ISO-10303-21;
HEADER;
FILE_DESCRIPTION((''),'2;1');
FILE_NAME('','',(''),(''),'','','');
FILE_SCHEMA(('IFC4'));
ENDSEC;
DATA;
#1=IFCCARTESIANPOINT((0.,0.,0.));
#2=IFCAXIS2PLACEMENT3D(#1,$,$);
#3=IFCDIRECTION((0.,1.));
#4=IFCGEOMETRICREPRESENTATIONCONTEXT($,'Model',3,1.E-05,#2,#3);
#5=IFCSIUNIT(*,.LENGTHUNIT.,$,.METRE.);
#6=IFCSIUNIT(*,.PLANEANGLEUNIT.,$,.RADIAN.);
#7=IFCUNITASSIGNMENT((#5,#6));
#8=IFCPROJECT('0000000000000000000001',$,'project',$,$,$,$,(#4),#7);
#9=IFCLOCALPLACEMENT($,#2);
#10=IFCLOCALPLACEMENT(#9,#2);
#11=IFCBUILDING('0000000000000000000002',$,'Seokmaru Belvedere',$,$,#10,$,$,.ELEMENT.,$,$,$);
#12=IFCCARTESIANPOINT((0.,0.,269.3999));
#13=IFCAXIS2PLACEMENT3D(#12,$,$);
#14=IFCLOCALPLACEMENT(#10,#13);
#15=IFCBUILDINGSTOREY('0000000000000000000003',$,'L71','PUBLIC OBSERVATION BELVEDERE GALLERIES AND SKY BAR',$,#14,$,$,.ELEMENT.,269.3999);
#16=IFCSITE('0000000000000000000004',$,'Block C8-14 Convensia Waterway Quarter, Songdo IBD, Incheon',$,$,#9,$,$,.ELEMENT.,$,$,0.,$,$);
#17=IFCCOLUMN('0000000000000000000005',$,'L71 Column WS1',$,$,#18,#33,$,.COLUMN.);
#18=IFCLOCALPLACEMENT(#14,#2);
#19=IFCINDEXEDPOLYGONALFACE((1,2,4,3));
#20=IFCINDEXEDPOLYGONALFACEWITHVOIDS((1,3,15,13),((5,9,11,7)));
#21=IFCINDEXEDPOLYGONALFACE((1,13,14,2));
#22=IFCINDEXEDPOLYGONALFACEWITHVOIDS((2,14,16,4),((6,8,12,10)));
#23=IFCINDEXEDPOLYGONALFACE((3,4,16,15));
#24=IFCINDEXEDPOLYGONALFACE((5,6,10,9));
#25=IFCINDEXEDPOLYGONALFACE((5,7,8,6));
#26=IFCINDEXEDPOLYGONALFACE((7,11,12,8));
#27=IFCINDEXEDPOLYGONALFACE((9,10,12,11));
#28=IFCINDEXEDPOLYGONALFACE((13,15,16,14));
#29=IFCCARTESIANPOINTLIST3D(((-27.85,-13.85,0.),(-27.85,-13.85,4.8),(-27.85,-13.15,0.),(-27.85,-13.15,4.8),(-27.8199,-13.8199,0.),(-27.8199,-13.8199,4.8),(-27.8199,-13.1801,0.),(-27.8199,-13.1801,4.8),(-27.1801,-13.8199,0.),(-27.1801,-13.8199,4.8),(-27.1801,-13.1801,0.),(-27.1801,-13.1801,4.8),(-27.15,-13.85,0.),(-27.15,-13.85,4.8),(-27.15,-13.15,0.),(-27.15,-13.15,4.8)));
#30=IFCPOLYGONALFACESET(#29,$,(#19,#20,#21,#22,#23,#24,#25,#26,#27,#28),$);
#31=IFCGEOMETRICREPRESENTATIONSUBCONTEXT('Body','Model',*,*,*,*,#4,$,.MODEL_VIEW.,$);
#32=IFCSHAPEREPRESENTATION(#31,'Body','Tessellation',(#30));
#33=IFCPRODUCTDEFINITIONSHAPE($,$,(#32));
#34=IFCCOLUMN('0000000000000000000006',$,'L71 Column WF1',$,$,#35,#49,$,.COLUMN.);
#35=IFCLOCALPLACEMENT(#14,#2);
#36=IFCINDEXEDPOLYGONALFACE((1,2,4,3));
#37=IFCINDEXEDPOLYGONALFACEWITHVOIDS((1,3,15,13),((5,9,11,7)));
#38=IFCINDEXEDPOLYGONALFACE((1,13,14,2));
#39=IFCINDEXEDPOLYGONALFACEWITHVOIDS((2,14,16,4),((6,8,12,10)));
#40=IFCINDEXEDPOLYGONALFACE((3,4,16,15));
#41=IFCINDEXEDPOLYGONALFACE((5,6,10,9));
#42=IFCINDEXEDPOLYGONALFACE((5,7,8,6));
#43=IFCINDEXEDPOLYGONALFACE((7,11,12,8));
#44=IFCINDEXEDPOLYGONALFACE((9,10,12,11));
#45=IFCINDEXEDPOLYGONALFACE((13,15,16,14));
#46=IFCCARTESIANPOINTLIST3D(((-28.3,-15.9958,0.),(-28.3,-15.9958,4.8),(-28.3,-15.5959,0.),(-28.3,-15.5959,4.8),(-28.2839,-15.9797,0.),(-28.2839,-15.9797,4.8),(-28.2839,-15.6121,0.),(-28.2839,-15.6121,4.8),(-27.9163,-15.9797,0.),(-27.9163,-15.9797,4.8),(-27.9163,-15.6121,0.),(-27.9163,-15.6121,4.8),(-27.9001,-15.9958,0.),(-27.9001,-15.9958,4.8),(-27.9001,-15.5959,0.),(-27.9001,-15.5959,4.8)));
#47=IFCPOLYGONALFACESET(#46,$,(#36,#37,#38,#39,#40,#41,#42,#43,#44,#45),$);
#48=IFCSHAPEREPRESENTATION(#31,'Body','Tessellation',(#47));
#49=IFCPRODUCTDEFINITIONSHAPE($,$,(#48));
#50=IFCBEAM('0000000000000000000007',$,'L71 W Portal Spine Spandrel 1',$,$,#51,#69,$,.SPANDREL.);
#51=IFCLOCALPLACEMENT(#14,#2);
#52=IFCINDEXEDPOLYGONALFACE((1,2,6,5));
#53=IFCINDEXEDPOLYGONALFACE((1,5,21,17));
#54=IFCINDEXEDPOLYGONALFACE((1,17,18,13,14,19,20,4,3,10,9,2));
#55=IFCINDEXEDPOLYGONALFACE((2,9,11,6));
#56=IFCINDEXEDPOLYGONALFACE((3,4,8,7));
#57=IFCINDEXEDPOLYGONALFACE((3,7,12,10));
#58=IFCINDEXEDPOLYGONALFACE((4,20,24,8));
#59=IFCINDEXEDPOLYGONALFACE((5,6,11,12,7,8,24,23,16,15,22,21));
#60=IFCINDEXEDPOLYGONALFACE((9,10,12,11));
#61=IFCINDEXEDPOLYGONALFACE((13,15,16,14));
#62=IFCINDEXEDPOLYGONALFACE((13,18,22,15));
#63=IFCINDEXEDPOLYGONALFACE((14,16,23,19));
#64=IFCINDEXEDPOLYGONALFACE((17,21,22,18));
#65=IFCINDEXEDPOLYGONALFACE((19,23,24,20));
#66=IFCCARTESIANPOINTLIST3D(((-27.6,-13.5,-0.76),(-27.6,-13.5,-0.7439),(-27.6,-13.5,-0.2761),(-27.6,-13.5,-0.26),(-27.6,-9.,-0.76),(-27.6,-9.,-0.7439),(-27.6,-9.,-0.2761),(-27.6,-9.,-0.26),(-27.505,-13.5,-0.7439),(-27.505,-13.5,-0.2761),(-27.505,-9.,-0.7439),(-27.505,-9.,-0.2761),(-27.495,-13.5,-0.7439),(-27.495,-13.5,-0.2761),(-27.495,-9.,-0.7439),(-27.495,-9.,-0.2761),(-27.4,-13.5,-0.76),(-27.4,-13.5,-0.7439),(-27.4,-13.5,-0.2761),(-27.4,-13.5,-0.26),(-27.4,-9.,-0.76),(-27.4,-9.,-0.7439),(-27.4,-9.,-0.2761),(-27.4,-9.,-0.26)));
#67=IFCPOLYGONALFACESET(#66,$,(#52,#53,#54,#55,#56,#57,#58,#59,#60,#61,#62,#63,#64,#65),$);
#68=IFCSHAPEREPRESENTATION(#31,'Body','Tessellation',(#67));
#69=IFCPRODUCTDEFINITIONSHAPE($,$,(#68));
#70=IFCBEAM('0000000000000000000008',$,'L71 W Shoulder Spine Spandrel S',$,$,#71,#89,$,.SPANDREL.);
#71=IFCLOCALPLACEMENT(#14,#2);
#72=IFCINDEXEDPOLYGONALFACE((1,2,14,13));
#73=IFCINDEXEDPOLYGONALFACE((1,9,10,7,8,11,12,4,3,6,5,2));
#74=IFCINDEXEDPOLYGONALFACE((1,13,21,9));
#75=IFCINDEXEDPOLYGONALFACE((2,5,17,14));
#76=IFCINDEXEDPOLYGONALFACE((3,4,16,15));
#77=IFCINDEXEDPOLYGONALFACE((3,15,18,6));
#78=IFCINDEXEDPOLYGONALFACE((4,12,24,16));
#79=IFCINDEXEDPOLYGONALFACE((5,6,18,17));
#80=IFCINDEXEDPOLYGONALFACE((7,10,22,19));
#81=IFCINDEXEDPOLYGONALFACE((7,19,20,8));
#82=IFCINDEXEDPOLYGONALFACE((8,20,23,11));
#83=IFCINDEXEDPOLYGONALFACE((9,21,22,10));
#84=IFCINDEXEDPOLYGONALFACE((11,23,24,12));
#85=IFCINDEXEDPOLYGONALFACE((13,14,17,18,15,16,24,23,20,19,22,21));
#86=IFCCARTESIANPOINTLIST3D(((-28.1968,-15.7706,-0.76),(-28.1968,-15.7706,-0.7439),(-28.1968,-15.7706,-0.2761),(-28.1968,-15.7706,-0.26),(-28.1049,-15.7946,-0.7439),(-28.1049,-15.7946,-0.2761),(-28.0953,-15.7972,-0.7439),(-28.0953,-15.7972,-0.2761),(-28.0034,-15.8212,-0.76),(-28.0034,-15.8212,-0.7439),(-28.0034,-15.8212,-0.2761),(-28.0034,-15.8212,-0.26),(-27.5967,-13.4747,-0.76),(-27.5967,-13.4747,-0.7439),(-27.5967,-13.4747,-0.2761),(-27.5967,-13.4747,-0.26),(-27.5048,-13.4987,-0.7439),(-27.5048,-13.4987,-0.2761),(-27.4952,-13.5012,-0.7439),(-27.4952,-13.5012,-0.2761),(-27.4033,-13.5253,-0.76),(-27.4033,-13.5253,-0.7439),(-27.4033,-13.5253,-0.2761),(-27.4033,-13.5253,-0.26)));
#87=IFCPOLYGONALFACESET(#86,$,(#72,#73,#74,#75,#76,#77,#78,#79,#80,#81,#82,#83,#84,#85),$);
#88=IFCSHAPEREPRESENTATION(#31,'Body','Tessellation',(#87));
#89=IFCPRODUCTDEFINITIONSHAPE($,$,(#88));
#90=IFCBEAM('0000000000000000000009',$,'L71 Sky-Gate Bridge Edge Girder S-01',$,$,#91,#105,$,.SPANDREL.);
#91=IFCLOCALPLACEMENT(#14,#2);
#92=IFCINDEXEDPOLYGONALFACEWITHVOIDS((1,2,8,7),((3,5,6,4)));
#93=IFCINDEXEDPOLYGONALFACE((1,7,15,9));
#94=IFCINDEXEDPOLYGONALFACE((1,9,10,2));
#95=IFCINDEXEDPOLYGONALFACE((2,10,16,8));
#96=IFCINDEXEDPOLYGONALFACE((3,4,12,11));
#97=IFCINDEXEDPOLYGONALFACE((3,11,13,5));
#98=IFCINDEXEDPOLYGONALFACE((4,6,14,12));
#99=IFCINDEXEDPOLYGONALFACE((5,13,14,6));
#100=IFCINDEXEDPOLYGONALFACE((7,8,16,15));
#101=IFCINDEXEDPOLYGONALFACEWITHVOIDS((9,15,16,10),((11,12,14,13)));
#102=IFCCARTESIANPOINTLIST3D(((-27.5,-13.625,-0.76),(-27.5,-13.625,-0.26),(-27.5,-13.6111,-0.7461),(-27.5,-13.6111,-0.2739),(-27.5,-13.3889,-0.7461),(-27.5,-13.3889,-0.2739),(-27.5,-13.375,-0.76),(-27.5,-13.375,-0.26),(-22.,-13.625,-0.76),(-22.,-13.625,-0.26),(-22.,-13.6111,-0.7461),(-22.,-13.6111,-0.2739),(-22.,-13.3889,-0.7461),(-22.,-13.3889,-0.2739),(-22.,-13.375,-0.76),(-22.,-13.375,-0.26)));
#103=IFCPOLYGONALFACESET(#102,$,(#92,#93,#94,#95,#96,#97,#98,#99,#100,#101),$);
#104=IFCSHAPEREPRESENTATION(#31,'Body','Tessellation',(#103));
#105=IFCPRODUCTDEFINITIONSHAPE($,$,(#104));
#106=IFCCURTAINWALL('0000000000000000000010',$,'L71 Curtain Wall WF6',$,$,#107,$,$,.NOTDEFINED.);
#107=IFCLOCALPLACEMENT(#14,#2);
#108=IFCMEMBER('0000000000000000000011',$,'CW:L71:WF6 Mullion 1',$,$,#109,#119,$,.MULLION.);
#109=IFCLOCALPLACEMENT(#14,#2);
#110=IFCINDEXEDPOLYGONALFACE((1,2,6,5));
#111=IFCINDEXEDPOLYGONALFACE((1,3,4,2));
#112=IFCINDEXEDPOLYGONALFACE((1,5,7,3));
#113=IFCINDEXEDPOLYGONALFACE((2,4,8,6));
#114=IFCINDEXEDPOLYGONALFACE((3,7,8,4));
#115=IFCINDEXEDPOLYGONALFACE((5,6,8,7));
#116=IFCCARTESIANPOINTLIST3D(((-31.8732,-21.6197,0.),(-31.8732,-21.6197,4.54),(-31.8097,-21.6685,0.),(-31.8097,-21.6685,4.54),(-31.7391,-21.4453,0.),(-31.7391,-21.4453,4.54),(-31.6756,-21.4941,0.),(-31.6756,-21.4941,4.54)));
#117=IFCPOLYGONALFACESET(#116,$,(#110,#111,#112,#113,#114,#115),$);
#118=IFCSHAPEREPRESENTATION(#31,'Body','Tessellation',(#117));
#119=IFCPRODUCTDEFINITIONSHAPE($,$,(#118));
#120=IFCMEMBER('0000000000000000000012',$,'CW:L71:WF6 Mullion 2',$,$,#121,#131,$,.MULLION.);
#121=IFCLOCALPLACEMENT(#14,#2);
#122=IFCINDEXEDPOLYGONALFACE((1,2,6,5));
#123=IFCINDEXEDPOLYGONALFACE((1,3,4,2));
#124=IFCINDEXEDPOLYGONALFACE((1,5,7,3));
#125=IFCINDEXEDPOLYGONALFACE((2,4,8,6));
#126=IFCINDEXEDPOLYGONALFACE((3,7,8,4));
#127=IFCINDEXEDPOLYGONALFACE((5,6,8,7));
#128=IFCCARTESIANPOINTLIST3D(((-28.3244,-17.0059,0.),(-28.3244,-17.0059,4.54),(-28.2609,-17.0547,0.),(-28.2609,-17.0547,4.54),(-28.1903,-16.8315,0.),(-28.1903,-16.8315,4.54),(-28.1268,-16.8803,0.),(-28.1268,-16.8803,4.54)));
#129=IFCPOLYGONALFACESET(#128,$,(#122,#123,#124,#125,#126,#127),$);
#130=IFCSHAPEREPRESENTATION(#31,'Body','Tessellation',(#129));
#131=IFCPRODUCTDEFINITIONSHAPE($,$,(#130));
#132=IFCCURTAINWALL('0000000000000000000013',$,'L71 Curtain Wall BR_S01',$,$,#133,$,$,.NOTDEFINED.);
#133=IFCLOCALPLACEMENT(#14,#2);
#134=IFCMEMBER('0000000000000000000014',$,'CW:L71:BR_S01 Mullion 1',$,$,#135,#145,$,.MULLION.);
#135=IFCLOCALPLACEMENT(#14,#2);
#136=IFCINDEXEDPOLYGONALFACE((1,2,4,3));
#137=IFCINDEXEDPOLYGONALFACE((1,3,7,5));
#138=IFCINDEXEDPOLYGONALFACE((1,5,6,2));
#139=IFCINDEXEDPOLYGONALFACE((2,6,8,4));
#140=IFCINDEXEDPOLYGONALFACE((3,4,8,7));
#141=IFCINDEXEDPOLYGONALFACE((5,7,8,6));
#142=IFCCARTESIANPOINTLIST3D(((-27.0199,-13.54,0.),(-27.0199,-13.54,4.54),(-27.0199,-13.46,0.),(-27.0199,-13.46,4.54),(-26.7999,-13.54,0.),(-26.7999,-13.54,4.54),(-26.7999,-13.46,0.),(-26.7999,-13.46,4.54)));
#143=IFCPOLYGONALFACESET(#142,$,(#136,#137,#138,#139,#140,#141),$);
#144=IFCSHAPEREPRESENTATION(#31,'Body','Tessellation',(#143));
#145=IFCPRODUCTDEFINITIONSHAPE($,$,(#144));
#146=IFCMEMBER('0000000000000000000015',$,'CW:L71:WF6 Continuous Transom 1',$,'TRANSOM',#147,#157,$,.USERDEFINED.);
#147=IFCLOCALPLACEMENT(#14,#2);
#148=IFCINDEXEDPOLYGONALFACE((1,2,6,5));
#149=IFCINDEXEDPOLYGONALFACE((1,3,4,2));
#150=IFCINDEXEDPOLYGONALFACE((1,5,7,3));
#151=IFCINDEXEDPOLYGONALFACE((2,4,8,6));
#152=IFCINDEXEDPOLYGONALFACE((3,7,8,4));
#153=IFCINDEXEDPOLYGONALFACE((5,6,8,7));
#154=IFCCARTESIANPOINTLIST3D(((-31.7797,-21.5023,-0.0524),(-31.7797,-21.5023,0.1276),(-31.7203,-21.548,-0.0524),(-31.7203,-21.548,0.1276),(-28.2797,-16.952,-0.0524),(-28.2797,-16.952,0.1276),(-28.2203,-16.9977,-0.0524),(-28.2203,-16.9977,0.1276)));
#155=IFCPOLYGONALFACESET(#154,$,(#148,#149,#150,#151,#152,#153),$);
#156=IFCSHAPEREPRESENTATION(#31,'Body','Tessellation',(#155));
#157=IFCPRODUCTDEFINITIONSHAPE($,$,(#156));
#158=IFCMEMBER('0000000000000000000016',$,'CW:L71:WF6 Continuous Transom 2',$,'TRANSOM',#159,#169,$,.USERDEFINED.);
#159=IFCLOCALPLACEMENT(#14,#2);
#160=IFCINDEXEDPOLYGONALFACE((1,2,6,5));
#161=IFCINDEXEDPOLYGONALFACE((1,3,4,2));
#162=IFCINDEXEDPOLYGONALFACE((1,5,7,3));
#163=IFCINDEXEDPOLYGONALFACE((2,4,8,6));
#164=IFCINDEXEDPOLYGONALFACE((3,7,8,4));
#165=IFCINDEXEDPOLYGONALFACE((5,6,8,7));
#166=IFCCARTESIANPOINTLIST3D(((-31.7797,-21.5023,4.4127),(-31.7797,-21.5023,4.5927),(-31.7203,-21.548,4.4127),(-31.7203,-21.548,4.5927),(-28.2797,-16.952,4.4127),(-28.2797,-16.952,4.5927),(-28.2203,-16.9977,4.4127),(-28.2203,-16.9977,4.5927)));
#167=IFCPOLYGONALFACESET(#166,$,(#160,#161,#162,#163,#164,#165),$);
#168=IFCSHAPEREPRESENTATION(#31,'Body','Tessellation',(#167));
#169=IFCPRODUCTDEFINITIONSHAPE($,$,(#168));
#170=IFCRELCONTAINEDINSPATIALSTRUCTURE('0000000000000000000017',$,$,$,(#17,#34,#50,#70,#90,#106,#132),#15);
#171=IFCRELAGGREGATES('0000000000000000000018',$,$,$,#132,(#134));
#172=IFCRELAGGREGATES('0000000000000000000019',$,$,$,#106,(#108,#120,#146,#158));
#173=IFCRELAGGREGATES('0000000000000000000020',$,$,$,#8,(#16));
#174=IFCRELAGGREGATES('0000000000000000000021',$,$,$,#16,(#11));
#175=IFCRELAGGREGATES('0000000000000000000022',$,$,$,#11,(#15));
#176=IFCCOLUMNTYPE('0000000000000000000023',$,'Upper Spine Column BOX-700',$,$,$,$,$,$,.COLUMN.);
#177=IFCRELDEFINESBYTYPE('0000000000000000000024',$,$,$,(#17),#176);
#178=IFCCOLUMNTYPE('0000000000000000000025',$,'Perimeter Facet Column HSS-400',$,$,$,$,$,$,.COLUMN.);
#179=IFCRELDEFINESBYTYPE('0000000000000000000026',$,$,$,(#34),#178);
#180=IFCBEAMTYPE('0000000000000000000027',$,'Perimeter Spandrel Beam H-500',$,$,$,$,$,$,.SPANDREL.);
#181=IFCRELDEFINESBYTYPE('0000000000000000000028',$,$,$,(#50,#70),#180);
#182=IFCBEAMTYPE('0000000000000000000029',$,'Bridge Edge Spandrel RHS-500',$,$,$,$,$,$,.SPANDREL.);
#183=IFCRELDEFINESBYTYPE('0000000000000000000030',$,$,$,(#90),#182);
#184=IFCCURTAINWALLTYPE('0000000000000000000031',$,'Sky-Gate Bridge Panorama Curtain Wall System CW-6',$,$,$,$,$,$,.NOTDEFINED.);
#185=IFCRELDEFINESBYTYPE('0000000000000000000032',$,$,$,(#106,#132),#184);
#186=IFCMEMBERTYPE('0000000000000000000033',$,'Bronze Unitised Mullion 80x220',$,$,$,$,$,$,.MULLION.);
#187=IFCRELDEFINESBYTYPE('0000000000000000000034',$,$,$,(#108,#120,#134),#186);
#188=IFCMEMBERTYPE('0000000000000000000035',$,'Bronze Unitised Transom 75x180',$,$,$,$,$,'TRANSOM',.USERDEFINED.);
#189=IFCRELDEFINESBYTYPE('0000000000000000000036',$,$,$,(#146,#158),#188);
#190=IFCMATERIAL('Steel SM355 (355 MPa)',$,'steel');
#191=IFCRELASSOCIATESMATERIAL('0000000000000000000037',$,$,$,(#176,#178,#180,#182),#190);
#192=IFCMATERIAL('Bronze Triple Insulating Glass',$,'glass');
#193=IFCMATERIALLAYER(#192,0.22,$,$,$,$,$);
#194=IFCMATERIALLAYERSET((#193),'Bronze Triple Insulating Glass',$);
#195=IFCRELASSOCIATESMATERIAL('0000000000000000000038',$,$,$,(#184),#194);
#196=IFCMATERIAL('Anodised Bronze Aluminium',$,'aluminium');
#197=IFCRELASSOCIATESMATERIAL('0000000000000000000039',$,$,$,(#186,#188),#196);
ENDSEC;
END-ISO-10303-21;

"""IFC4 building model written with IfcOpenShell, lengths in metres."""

from ifc_helpers import new_model, si_unit, direction, frame, origin, origin_2d, place, context, subcontext, project, spatial, rectangle, hollow_rectangle, i_section, extrude, source, transform, mapped, material, layer, layer_set, material_profile, profile_set, type_object, type_shapes, element, aggregate, save


model = new_model("IFC4")

# Units and contexts
model_context = context("Model", 3, precision=1e-05, world=origin(), true_north=direction((0.0, 1.0)))
body_context = subcontext(model_context, "Body", "Model", "MODEL_VIEW")
ifc_project = project(units=[si_unit("LENGTHUNIT", "METRE"), si_unit("PLANEANGLEUNIT", "RADIAN")], contexts=[model_context])

# Site, building, storey
site_placement = place(None, origin())
site = spatial("IfcSite", under=ifc_project, at=site_placement, Name="Block C8-14 Convensia Waterway Quarter, Songdo IBD, Incheon", CompositionType="ELEMENT", RefElevation=0.0)
building_placement = place(site_placement, origin())
building = spatial("IfcBuilding", under=site, at=building_placement, Name="Seokmaru Belvedere", CompositionType="ELEMENT")
storey_placement = place(building_placement, frame((0.0, 0.0, 269.3999)))
storey = spatial("IfcBuildingStorey", under=building, at=storey_placement, Name="L71", Description="PUBLIC OBSERVATION BELVEDERE GALLERIES AND SKY BAR", CompositionType="ELEMENT", Elevation=269.3999)

# Columns
ifc_material_1 = material(Name="Steel SM355 (355 MPa)", Category="steel")
ifc_material_profile_1 = material_profile(ifc_material_1, hollow_rectangle(XDim=0.7, YDim=0.7, WallThickness=0.03, at=origin_2d()), Name="BOX-700x700x30")
ifc_profile_set_1 = profile_set([ifc_material_profile_1], Name="Steel SM355 (355 MPa)")
column_type_1 = type_object("IfcColumnType", Name="Upper Spine Column BOX-700", PredefinedType="COLUMN", material=ifc_profile_set_1)
shared_shape_1 = source(origin(), body_context, "Body", "SweptSolid", [
    extrude(hollow_rectangle(XDim=0.7, YDim=0.7, WallThickness=0.03, at=origin_2d()), origin(), (0.0, 0.0, 1.0), 4.8),
])
type_shapes(column_type_1, [shared_shape_1])
column_1_placement = place(storey_placement, frame((-27.5, -13.5, 0.0), z_axis=(0.0, 0.0, 1.0), x_axis=(1.0, 0.0, 0.0)))
element("IfcColumn", 1, at=column_1_placement, inside=storey, type_object=column_type_1, Name="L71 Column WS1", PredefinedType="COLUMN", context=body_context, shape_type="MappedRepresentation", body=[
    mapped(shared_shape_1, transform((0.0, 0.0, 0.0), scale=1.0)),
])
ifc_material_profile_2 = material_profile(ifc_material_1, hollow_rectangle(XDim=0.3999, YDim=0.3999, WallThickness=0.0161, at=origin_2d()), Name="HSS-400x400x16")
ifc_profile_set_2 = profile_set([ifc_material_profile_2], Name="Steel SM355 (355 MPa)")
column_type_2 = type_object("IfcColumnType", Name="Perimeter Facet Column HSS-400", PredefinedType="COLUMN", material=ifc_profile_set_2)
shared_shape_2 = source(origin(), body_context, "Body", "SweptSolid", [
    extrude(hollow_rectangle(XDim=0.3999, YDim=0.3999, WallThickness=0.0161, at=origin_2d()), origin(), (0.0, 0.0, 1.0), 4.8),
])
type_shapes(column_type_2, [shared_shape_2])
column_2_placement = place(storey_placement, frame((-28.1001, -15.7959, 0.0), z_axis=(0.0, 0.0, 1.0), x_axis=(1.0, 0.0, 0.0)))
element("IfcColumn", 2, at=column_2_placement, inside=storey, type_object=column_type_2, Name="L71 Column WF1", PredefinedType="COLUMN", context=body_context, shape_type="MappedRepresentation", body=[
    mapped(shared_shape_2, transform((0.0, 0.0, 0.0), scale=1.0)),
])

# Beams
ifc_material_profile_3 = material_profile(ifc_material_1, i_section(OverallWidth=0.2, OverallDepth=0.5, WebThickness=0.01, FlangeThickness=0.0161, at=origin_2d()), Name="H-500x200x10x16")
ifc_profile_set_3 = profile_set([ifc_material_profile_3], Name="Steel SM355 (355 MPa)")
beam_type_1 = type_object("IfcBeamType", Name="Perimeter Spandrel Beam H-500", PredefinedType="SPANDREL", material=ifc_profile_set_3)
shared_shape_3 = source(origin(), body_context, "Body", "SweptSolid", [
    extrude(i_section(OverallWidth=0.2, OverallDepth=0.5, WebThickness=0.01, FlangeThickness=0.0161, at=origin_2d()), origin(), (0.0, 0.0, 1.0), 4.5),
])
beam_1_placement = place(storey_placement, frame((-27.5, -13.5, -0.51), z_axis=(0.0, 1.0, 0.0), x_axis=(-1.0, 0.0, 0.0)))
element("IfcBeam", 3, at=beam_1_placement, inside=storey, type_object=beam_type_1, Name="L71 W Portal Spine Spandrel 1", PredefinedType="SPANDREL", context=body_context, shape_type="MappedRepresentation", body=[
    mapped(shared_shape_3, transform((0.0, 0.0, 0.0), scale=1.0)),
])
shared_shape_4 = source(origin(), body_context, "Body", "SweptSolid", [
    extrude(i_section(OverallWidth=0.2, OverallDepth=0.5, WebThickness=0.01, FlangeThickness=0.0161, at=origin_2d()), origin(), (0.0, 0.0, 1.0), 2.373),
])
type_shapes(beam_type_1, [shared_shape_3, shared_shape_4])
beam_2_placement = place(storey_placement, frame((-28.1001, -15.7959, -0.51), z_axis=(0.252883, 0.967497, 0.0), x_axis=(-0.967497, 0.252883, 0.0)))
element("IfcBeam", 4, at=beam_2_placement, inside=storey, type_object=beam_type_1, Name="L71 W Shoulder Spine Spandrel S", PredefinedType="SPANDREL", context=body_context, shape_type="MappedRepresentation", body=[
    mapped(shared_shape_4, transform((0.0, 0.0, 0.0), scale=1.0)),
])
ifc_material_profile_4 = material_profile(ifc_material_1, hollow_rectangle(XDim=0.25, YDim=0.5, WallThickness=0.0139, at=origin_2d()), Name="RHS-500x250x14")
ifc_profile_set_4 = profile_set([ifc_material_profile_4], Name="Steel SM355 (355 MPa)")
beam_type_2 = type_object("IfcBeamType", Name="Bridge Edge Spandrel RHS-500", PredefinedType="SPANDREL", material=ifc_profile_set_4)
shared_shape_5 = source(origin(), body_context, "Body", "SweptSolid", [
    extrude(hollow_rectangle(XDim=0.25, YDim=0.5, WallThickness=0.0139, at=origin_2d()), origin(), (0.0, 0.0, 1.0), 5.5),
])
type_shapes(beam_type_2, [shared_shape_5])
beam_3_placement = place(storey_placement, frame((-27.5, -13.5, -0.51), z_axis=(1.0, 0.0, 0.0), x_axis=(0.0, 1.0, 0.0)))
element("IfcBeam", 5, at=beam_3_placement, inside=storey, type_object=beam_type_2, Name="L71 Sky-Gate Bridge Edge Girder S-01", PredefinedType="SPANDREL", context=body_context, shape_type="MappedRepresentation", body=[
    mapped(shared_shape_5, transform((0.0, 0.0, 0.0), scale=1.0)),
])

# Curtain wall, members
ifc_material_2 = material(Name="Bronze Triple Insulating Glass", Category="glass")
ifc_layer_1 = layer(ifc_material_2, 0.22)
ifc_layer_set_1 = layer_set([ifc_layer_1], Name="Bronze Triple Insulating Glass")
curtain_wall_type = type_object("IfcCurtainWallType", Name="Sky-Gate Bridge Panorama Curtain Wall System CW-6", PredefinedType="NOTDEFINED", material=ifc_layer_set_1)
curtain_wall_1_placement = place(storey_placement, origin())
curtain_wall_1 = element("IfcCurtainWall", 6, at=curtain_wall_1_placement, inside=storey, type_object=curtain_wall_type, Name="L71 Curtain Wall WF6", PredefinedType="NOTDEFINED")
ifc_material_3 = material(Name="Anodised Bronze Aluminium", Category="aluminium")
ifc_material_profile_5 = material_profile(ifc_material_3, rectangle(XDim=0.0801, YDim=0.22, at=origin_2d()), Name="CW-M-80x220")
ifc_profile_set_5 = profile_set([ifc_material_profile_5], Name="Anodised Bronze Aluminium")
member_type_1 = type_object("IfcMemberType", Name="Bronze Unitised Mullion 80x220", PredefinedType="MULLION", material=ifc_profile_set_5)
shared_shape_6 = source(origin(), body_context, "Body", "SweptSolid", [
    extrude(rectangle(XDim=0.0801, YDim=0.22, at=origin_2d()), origin(), (0.0, 0.0, 1.0), 4.54),
])
type_shapes(member_type_1, [shared_shape_6])
member_1_placement = place(storey_placement, frame((-31.7744, -21.5569, 0.0), z_axis=(0.0, 0.0, 1.0), x_axis=(-0.792631, 0.609701, 0.0)))
member_1 = element("IfcMember", 7, at=member_1_placement, type_object=member_type_1, Name="CW:L71:WF6 Mullion 1", PredefinedType="MULLION", context=body_context, shape_type="MappedRepresentation", body=[
    mapped(shared_shape_6, transform((0.0, 0.0, 0.0), scale=1.0)),
])
member_2_placement = place(storey_placement, frame((-28.2256, -16.9431, 0.0), z_axis=(0.0, 0.0, 1.0), x_axis=(-0.792631, 0.609701, 0.0)))
member_2 = element("IfcMember", 8, at=member_2_placement, type_object=member_type_1, Name="CW:L71:WF6 Mullion 2", PredefinedType="MULLION", context=body_context, shape_type="MappedRepresentation", body=[
    mapped(shared_shape_6, transform((0.0, 0.0, 0.0), scale=1.0)),
])

# Curtain wall, member
curtain_wall_2_placement = place(storey_placement, origin())
curtain_wall_2 = element("IfcCurtainWall", 9, at=curtain_wall_2_placement, inside=storey, type_object=curtain_wall_type, Name="L71 Curtain Wall BR_S01", PredefinedType="NOTDEFINED")
member_3_placement = place(storey_placement, frame((-26.9099, -13.5, 0.0), z_axis=(0.0, 0.0, 1.0), x_axis=(0.0, 1.0, 0.0)))
member_3 = element("IfcMember", 10, at=member_3_placement, type_object=member_type_1, Name="CW:L71:BR_S01 Mullion 1", PredefinedType="MULLION", context=body_context, shape_type="MappedRepresentation", body=[
    mapped(shared_shape_6, transform((0.0, 0.0, 0.0), scale=1.0)),
])

# Members
ifc_material_profile_6 = material_profile(ifc_material_3, rectangle(XDim=0.075, YDim=0.1799, at=origin_2d()), Name="CW-T-75x180")
ifc_profile_set_6 = profile_set([ifc_material_profile_6], Name="Anodised Bronze Aluminium")
member_type_2 = type_object("IfcMemberType", Name="Bronze Unitised Transom 75x180", ElementType="TRANSOM", PredefinedType="USERDEFINED", material=ifc_profile_set_6)
shared_shape_7 = source(origin(), body_context, "Body", "SweptSolid", [
    extrude(rectangle(XDim=0.075, YDim=0.1799, at=origin_2d()), origin(), (0.0, 0.0, 1.0), 5.7407),
])
member_4_placement = place(storey_placement, frame((-31.75, -21.5251, 0.0376), z_axis=(0.609686, 0.792643, 0.0), x_axis=(-0.792643, 0.609686, 0.0)))
member_4 = element("IfcMember", 11, at=member_4_placement, type_object=member_type_2, Name="CW:L71:WF6 Continuous Transom 1", ObjectType="TRANSOM", PredefinedType="USERDEFINED", context=body_context, shape_type="MappedRepresentation", body=[
    mapped(shared_shape_7, transform((0.0, 0.0, 0.0), scale=1.0)),
])
member_5_placement = place(storey_placement, frame((-31.75, -21.5251, 4.5027), z_axis=(0.609686, 0.792643, 0.0), x_axis=(-0.792643, 0.609686, 0.0)))
member_5 = element("IfcMember", 12, at=member_5_placement, type_object=member_type_2, Name="CW:L71:WF6 Continuous Transom 2", ObjectType="TRANSOM", PredefinedType="USERDEFINED", context=body_context, shape_type="MappedRepresentation", body=[
    mapped(shared_shape_7, transform((0.0, 0.0, 0.0), scale=1.0)),
])
aggregate(curtain_wall_2, [member_3])

aggregate(curtain_wall_1, [member_1, member_2, member_4, member_5])

save(model, "model.ifc")
